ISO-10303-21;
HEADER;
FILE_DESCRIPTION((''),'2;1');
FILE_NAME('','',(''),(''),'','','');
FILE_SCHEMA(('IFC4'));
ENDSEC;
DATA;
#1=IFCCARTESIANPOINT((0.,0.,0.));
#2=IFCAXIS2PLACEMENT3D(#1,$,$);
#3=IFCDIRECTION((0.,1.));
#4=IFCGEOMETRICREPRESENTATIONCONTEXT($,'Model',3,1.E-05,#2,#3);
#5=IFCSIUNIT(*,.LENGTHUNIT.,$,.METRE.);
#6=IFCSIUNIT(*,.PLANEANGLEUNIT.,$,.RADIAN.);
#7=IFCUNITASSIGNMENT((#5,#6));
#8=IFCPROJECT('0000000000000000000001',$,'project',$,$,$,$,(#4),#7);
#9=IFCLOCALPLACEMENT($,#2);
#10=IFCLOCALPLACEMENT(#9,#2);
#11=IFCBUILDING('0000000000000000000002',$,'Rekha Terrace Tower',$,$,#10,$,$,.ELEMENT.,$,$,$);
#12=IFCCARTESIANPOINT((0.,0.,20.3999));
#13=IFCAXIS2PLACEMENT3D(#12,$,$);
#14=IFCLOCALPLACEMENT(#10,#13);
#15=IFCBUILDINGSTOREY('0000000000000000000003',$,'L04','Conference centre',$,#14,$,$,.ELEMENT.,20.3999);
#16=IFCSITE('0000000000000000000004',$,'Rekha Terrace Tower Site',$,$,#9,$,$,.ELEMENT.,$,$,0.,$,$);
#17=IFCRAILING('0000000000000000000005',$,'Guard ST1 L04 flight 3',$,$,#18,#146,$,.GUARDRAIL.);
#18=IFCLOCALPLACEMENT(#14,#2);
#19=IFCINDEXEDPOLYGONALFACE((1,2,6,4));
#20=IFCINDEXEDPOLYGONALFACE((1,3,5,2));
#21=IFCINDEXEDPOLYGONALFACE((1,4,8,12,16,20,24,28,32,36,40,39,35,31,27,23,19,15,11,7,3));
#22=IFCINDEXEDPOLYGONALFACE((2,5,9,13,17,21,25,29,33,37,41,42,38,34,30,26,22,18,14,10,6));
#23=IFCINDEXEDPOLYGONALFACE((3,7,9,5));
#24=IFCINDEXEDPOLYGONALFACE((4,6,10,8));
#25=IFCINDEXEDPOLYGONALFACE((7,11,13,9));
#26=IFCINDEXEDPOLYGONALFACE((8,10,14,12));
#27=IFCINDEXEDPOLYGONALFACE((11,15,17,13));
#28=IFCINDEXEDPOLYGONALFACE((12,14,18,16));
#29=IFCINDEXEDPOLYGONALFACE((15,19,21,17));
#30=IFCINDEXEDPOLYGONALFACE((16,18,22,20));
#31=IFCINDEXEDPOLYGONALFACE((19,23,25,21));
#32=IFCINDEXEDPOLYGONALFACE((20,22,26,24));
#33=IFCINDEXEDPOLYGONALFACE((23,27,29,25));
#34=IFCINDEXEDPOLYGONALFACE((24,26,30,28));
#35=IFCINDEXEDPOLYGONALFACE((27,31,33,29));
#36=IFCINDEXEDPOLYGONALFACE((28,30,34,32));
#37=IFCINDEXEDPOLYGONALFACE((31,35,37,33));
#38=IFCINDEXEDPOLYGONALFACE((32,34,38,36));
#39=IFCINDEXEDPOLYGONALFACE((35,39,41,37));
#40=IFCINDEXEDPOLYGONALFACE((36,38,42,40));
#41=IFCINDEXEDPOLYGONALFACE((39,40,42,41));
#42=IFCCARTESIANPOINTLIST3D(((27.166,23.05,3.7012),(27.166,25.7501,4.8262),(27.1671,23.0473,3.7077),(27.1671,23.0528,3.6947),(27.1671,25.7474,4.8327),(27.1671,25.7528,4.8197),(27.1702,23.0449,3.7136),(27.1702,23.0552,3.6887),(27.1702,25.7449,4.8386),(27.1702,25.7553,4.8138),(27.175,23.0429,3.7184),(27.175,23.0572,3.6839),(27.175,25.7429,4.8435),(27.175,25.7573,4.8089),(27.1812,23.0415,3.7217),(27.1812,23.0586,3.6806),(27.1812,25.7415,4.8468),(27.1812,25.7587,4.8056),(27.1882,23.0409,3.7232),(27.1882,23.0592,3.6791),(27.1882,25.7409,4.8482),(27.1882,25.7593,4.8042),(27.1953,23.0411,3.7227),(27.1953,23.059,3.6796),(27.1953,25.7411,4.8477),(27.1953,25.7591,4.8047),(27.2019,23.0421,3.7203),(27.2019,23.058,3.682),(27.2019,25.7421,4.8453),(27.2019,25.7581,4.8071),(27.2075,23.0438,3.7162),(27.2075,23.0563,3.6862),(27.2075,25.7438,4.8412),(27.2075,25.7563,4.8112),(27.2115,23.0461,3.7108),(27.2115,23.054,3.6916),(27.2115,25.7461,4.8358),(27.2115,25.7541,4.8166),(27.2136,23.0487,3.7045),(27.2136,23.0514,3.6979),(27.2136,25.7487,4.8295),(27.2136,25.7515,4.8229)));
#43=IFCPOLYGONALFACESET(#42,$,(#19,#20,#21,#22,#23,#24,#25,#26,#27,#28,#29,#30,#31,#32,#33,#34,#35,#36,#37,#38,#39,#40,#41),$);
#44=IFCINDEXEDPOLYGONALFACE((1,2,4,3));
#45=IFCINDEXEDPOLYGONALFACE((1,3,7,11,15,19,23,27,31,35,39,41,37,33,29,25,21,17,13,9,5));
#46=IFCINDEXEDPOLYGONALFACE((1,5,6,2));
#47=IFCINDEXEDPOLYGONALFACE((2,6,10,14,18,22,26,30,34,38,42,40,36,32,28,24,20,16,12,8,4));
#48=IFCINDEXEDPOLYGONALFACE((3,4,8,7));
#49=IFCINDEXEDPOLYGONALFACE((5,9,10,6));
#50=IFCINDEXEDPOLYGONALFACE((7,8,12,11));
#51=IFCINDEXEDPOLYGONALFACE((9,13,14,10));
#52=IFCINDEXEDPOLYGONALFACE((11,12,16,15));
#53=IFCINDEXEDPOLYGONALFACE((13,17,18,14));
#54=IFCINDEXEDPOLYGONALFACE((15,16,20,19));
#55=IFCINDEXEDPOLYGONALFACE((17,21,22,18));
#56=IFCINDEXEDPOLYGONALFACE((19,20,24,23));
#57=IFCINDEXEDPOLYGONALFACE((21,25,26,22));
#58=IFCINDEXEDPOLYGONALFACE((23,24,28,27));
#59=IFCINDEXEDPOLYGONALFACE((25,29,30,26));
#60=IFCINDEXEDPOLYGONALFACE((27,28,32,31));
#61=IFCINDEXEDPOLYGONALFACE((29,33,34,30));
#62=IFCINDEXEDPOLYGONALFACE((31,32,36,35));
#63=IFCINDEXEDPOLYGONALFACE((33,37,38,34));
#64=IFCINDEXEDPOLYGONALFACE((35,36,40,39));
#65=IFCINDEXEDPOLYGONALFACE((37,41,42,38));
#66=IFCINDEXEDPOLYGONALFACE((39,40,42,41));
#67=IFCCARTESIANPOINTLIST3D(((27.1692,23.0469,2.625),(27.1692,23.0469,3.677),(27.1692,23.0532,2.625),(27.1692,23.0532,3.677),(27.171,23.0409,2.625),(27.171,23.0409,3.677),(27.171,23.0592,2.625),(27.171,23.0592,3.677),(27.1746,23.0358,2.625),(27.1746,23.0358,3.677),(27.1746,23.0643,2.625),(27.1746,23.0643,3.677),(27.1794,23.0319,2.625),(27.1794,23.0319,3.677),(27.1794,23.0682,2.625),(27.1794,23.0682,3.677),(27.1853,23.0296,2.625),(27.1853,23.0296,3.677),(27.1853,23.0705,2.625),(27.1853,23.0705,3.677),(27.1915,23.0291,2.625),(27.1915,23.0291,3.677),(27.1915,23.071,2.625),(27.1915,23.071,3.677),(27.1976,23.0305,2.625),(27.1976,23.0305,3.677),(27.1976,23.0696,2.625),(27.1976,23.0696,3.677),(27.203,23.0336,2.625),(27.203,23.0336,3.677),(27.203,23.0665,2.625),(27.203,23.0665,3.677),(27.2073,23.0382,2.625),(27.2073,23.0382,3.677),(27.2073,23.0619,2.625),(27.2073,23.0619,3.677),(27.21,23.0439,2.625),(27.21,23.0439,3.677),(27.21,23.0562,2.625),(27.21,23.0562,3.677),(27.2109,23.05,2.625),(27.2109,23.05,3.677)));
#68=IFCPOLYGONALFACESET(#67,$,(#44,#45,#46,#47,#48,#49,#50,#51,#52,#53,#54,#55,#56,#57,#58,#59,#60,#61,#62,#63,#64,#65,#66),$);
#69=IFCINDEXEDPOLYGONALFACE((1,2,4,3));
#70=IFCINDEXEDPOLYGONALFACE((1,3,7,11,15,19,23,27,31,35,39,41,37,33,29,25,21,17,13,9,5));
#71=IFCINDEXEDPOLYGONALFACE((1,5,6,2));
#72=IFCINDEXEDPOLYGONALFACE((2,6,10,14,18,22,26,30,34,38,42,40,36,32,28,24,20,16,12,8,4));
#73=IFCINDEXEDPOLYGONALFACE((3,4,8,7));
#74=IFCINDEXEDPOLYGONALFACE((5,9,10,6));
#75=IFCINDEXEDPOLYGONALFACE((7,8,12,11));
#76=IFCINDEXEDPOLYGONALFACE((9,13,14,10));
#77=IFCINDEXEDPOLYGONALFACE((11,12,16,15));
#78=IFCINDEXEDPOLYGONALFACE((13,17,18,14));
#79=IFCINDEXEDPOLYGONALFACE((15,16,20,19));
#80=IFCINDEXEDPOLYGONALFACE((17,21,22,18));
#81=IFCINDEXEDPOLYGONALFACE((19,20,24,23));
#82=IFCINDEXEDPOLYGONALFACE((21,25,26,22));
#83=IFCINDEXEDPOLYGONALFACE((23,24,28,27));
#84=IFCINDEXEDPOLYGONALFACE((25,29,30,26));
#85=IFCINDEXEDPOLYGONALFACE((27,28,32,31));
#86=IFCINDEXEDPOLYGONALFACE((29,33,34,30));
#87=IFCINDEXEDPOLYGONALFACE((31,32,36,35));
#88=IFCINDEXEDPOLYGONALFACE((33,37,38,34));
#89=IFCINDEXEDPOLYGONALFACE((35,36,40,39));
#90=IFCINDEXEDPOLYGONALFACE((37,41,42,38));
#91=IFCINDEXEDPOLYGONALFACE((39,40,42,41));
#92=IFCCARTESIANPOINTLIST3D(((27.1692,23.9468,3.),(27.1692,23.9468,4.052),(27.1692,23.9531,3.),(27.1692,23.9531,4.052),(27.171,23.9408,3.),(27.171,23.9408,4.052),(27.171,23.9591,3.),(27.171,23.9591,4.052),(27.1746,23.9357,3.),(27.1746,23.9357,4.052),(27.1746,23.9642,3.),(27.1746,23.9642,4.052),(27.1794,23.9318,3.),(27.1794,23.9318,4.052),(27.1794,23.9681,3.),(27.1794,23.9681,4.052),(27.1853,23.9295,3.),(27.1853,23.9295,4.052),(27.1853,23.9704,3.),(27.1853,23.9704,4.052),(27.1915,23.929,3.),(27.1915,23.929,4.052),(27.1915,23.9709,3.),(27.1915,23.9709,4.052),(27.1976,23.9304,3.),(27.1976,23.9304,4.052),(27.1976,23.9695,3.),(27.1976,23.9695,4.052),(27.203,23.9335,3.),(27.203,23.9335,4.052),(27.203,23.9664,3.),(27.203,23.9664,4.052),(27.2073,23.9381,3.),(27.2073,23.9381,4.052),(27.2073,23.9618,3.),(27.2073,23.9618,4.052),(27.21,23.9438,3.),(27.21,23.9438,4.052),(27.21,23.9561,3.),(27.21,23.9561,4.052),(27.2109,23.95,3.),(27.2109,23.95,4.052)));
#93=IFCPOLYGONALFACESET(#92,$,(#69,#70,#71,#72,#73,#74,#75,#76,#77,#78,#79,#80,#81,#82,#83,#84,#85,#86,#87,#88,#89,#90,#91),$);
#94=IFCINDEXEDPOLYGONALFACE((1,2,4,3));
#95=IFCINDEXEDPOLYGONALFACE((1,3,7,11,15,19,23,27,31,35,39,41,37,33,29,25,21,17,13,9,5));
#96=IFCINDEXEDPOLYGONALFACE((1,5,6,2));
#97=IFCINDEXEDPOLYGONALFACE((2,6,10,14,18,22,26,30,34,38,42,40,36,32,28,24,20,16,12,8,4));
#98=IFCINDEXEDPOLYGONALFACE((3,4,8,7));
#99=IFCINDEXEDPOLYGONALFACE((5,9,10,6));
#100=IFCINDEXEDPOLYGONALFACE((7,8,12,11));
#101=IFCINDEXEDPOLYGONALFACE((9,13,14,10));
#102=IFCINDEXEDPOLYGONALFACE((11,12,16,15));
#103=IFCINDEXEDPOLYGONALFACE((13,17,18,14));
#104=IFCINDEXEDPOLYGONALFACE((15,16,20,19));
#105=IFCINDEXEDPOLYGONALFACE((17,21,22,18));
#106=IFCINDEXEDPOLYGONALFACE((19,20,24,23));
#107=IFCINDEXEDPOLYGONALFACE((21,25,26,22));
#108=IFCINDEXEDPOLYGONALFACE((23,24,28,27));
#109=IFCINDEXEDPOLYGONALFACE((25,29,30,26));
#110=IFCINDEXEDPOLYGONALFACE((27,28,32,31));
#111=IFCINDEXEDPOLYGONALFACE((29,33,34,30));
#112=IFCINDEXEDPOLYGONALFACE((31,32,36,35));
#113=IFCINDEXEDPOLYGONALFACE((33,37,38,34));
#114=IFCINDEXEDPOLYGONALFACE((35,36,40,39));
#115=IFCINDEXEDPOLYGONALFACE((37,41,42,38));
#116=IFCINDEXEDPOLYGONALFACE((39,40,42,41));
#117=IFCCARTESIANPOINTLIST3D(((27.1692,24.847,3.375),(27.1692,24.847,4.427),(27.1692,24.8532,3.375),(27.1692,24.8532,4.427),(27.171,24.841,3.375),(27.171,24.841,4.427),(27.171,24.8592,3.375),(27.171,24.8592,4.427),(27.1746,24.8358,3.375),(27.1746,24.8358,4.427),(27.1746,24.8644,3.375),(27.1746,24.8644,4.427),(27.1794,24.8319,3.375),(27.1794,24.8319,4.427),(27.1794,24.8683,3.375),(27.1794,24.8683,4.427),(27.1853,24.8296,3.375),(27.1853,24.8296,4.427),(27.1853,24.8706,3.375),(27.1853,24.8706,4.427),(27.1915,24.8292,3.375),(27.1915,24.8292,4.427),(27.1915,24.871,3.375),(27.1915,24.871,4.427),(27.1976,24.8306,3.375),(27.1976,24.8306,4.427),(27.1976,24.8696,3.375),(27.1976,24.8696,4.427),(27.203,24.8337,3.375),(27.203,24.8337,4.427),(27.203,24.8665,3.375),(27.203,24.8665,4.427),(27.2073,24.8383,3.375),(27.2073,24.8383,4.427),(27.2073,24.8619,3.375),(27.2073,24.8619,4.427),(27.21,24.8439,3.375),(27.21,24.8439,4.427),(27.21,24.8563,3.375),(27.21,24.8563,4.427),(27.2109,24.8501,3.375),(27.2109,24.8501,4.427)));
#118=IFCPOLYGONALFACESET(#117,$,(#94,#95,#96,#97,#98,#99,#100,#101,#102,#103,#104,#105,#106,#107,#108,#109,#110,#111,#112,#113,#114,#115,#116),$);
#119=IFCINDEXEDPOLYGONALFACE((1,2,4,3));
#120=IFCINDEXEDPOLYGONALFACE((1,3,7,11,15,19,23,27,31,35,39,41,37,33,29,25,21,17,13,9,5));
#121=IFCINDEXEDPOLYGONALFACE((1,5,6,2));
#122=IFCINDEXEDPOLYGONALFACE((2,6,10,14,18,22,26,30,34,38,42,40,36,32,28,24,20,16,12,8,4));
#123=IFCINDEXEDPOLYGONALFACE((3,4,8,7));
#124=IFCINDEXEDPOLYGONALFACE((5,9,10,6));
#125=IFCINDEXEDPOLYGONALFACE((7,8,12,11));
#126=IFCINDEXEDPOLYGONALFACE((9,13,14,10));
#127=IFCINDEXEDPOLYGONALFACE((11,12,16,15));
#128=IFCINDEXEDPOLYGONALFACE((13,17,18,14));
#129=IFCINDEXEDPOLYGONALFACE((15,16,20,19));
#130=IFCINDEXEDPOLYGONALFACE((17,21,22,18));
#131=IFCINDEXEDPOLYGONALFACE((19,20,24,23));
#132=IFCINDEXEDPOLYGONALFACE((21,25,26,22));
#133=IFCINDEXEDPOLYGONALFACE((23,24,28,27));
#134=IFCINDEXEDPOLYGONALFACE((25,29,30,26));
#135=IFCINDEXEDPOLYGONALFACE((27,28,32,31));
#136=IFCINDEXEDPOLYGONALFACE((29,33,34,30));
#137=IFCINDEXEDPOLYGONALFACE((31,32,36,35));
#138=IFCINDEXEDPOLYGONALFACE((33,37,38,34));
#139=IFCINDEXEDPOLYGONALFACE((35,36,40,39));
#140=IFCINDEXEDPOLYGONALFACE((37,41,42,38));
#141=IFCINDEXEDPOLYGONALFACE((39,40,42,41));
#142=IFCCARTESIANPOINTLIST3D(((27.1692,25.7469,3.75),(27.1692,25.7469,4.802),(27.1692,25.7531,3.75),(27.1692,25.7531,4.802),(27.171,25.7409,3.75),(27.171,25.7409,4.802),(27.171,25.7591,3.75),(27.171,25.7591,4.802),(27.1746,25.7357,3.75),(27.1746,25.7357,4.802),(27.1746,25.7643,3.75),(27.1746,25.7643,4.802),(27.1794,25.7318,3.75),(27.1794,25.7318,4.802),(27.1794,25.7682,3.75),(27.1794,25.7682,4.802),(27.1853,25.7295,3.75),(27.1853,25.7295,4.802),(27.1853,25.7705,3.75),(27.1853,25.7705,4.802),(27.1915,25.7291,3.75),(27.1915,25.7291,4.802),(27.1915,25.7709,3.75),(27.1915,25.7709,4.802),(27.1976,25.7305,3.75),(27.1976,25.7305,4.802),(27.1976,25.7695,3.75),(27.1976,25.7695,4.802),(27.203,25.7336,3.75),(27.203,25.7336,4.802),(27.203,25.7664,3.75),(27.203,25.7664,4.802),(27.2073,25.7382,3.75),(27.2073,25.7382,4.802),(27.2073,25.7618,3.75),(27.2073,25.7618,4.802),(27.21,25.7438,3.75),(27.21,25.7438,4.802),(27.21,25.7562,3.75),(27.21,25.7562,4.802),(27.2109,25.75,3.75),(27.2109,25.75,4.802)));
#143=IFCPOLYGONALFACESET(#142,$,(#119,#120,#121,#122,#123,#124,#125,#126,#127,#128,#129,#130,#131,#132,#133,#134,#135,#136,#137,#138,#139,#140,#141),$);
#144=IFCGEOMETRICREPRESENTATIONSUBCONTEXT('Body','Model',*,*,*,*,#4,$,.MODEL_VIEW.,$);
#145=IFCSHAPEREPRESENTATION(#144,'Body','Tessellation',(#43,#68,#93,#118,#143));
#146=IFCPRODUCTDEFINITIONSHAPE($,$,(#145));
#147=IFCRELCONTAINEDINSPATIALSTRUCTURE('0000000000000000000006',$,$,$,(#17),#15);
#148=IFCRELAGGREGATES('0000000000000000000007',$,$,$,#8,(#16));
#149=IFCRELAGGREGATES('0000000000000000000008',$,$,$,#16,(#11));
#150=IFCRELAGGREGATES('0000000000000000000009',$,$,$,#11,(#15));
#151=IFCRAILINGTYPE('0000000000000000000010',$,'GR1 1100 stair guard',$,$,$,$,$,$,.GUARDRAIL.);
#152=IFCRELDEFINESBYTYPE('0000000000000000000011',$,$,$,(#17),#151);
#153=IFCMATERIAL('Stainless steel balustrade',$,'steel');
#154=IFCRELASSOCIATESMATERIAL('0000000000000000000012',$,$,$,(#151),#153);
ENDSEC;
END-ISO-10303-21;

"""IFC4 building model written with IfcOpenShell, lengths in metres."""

from ifc_helpers import new_model, si_unit, direction, frame, origin, origin_2d, place, context, subcontext, project, spatial, circle, extrude, material, type_object, element, save


model = new_model("IFC4")

# Units and contexts
model_context = context("Model", 3, precision=1e-05, world=origin(), true_north=direction((0.0, 1.0)))
body_context = subcontext(model_context, "Body", "Model", "MODEL_VIEW")
ifc_project = project(units=[si_unit("LENGTHUNIT", "METRE"), si_unit("PLANEANGLEUNIT", "RADIAN")], contexts=[model_context])

# Site, building, storey
site_placement = place(None, origin())
site = spatial("IfcSite", under=ifc_project, at=site_placement, Name="Rekha Terrace Tower Site", CompositionType="ELEMENT", RefElevation=0.0)
building_placement = place(site_placement, origin())
building = spatial("IfcBuilding", under=site, at=building_placement, Name="Rekha Terrace Tower", CompositionType="ELEMENT")
storey_placement = place(building_placement, frame((0.0, 0.0, 20.3999)))
storey = spatial("IfcBuildingStorey", under=building, at=storey_placement, Name="L04", Description="Conference centre", CompositionType="ELEMENT", Elevation=20.3999)

# Railing
ifc_material_1 = material(Name="Stainless steel balustrade", Category="steel")
railing_type_1 = type_object("IfcRailingType", Name="GR1 1100 stair guard", PredefinedType="GUARDRAIL", material=ifc_material_1)
railing_1_placement = place(storey_placement, frame((27.1899, 23.05, 2.625)))
element("IfcRailing", 1, at=railing_1_placement, inside=storey, type_object=railing_type_1, Name="Guard ST1 L04 flight 3", PredefinedType="GUARDRAIL", context=body_context, shape_type="SweptSolid", body=[
    extrude(circle(Radius=0.0239, at=origin_2d()), frame((0.0, 0.0, 1.0762), z_axis=(0.0, 0.923074, 0.384621), x_axis=(-1.0, 0.0, 0.0)), (0.0, 0.0, 1.0), 2.925),
    extrude(circle(Radius=0.021, at=origin_2d()), origin(), (0.0, 0.0, 1.0), 1.052),
    extrude(circle(Radius=0.021, at=origin_2d()), frame((0.0, 0.8999, 0.375)), (0.0, 0.0, 1.0), 1.052),
    extrude(circle(Radius=0.021, at=origin_2d()), frame((0.0, 1.8, 0.75)), (0.0, 0.0, 1.0), 1.052),
    extrude(circle(Radius=0.021, at=origin_2d()), frame((0.0, 2.7, 1.125)), (0.0, 0.0, 1.0), 1.052),
])

save(model, "model.ifc")
